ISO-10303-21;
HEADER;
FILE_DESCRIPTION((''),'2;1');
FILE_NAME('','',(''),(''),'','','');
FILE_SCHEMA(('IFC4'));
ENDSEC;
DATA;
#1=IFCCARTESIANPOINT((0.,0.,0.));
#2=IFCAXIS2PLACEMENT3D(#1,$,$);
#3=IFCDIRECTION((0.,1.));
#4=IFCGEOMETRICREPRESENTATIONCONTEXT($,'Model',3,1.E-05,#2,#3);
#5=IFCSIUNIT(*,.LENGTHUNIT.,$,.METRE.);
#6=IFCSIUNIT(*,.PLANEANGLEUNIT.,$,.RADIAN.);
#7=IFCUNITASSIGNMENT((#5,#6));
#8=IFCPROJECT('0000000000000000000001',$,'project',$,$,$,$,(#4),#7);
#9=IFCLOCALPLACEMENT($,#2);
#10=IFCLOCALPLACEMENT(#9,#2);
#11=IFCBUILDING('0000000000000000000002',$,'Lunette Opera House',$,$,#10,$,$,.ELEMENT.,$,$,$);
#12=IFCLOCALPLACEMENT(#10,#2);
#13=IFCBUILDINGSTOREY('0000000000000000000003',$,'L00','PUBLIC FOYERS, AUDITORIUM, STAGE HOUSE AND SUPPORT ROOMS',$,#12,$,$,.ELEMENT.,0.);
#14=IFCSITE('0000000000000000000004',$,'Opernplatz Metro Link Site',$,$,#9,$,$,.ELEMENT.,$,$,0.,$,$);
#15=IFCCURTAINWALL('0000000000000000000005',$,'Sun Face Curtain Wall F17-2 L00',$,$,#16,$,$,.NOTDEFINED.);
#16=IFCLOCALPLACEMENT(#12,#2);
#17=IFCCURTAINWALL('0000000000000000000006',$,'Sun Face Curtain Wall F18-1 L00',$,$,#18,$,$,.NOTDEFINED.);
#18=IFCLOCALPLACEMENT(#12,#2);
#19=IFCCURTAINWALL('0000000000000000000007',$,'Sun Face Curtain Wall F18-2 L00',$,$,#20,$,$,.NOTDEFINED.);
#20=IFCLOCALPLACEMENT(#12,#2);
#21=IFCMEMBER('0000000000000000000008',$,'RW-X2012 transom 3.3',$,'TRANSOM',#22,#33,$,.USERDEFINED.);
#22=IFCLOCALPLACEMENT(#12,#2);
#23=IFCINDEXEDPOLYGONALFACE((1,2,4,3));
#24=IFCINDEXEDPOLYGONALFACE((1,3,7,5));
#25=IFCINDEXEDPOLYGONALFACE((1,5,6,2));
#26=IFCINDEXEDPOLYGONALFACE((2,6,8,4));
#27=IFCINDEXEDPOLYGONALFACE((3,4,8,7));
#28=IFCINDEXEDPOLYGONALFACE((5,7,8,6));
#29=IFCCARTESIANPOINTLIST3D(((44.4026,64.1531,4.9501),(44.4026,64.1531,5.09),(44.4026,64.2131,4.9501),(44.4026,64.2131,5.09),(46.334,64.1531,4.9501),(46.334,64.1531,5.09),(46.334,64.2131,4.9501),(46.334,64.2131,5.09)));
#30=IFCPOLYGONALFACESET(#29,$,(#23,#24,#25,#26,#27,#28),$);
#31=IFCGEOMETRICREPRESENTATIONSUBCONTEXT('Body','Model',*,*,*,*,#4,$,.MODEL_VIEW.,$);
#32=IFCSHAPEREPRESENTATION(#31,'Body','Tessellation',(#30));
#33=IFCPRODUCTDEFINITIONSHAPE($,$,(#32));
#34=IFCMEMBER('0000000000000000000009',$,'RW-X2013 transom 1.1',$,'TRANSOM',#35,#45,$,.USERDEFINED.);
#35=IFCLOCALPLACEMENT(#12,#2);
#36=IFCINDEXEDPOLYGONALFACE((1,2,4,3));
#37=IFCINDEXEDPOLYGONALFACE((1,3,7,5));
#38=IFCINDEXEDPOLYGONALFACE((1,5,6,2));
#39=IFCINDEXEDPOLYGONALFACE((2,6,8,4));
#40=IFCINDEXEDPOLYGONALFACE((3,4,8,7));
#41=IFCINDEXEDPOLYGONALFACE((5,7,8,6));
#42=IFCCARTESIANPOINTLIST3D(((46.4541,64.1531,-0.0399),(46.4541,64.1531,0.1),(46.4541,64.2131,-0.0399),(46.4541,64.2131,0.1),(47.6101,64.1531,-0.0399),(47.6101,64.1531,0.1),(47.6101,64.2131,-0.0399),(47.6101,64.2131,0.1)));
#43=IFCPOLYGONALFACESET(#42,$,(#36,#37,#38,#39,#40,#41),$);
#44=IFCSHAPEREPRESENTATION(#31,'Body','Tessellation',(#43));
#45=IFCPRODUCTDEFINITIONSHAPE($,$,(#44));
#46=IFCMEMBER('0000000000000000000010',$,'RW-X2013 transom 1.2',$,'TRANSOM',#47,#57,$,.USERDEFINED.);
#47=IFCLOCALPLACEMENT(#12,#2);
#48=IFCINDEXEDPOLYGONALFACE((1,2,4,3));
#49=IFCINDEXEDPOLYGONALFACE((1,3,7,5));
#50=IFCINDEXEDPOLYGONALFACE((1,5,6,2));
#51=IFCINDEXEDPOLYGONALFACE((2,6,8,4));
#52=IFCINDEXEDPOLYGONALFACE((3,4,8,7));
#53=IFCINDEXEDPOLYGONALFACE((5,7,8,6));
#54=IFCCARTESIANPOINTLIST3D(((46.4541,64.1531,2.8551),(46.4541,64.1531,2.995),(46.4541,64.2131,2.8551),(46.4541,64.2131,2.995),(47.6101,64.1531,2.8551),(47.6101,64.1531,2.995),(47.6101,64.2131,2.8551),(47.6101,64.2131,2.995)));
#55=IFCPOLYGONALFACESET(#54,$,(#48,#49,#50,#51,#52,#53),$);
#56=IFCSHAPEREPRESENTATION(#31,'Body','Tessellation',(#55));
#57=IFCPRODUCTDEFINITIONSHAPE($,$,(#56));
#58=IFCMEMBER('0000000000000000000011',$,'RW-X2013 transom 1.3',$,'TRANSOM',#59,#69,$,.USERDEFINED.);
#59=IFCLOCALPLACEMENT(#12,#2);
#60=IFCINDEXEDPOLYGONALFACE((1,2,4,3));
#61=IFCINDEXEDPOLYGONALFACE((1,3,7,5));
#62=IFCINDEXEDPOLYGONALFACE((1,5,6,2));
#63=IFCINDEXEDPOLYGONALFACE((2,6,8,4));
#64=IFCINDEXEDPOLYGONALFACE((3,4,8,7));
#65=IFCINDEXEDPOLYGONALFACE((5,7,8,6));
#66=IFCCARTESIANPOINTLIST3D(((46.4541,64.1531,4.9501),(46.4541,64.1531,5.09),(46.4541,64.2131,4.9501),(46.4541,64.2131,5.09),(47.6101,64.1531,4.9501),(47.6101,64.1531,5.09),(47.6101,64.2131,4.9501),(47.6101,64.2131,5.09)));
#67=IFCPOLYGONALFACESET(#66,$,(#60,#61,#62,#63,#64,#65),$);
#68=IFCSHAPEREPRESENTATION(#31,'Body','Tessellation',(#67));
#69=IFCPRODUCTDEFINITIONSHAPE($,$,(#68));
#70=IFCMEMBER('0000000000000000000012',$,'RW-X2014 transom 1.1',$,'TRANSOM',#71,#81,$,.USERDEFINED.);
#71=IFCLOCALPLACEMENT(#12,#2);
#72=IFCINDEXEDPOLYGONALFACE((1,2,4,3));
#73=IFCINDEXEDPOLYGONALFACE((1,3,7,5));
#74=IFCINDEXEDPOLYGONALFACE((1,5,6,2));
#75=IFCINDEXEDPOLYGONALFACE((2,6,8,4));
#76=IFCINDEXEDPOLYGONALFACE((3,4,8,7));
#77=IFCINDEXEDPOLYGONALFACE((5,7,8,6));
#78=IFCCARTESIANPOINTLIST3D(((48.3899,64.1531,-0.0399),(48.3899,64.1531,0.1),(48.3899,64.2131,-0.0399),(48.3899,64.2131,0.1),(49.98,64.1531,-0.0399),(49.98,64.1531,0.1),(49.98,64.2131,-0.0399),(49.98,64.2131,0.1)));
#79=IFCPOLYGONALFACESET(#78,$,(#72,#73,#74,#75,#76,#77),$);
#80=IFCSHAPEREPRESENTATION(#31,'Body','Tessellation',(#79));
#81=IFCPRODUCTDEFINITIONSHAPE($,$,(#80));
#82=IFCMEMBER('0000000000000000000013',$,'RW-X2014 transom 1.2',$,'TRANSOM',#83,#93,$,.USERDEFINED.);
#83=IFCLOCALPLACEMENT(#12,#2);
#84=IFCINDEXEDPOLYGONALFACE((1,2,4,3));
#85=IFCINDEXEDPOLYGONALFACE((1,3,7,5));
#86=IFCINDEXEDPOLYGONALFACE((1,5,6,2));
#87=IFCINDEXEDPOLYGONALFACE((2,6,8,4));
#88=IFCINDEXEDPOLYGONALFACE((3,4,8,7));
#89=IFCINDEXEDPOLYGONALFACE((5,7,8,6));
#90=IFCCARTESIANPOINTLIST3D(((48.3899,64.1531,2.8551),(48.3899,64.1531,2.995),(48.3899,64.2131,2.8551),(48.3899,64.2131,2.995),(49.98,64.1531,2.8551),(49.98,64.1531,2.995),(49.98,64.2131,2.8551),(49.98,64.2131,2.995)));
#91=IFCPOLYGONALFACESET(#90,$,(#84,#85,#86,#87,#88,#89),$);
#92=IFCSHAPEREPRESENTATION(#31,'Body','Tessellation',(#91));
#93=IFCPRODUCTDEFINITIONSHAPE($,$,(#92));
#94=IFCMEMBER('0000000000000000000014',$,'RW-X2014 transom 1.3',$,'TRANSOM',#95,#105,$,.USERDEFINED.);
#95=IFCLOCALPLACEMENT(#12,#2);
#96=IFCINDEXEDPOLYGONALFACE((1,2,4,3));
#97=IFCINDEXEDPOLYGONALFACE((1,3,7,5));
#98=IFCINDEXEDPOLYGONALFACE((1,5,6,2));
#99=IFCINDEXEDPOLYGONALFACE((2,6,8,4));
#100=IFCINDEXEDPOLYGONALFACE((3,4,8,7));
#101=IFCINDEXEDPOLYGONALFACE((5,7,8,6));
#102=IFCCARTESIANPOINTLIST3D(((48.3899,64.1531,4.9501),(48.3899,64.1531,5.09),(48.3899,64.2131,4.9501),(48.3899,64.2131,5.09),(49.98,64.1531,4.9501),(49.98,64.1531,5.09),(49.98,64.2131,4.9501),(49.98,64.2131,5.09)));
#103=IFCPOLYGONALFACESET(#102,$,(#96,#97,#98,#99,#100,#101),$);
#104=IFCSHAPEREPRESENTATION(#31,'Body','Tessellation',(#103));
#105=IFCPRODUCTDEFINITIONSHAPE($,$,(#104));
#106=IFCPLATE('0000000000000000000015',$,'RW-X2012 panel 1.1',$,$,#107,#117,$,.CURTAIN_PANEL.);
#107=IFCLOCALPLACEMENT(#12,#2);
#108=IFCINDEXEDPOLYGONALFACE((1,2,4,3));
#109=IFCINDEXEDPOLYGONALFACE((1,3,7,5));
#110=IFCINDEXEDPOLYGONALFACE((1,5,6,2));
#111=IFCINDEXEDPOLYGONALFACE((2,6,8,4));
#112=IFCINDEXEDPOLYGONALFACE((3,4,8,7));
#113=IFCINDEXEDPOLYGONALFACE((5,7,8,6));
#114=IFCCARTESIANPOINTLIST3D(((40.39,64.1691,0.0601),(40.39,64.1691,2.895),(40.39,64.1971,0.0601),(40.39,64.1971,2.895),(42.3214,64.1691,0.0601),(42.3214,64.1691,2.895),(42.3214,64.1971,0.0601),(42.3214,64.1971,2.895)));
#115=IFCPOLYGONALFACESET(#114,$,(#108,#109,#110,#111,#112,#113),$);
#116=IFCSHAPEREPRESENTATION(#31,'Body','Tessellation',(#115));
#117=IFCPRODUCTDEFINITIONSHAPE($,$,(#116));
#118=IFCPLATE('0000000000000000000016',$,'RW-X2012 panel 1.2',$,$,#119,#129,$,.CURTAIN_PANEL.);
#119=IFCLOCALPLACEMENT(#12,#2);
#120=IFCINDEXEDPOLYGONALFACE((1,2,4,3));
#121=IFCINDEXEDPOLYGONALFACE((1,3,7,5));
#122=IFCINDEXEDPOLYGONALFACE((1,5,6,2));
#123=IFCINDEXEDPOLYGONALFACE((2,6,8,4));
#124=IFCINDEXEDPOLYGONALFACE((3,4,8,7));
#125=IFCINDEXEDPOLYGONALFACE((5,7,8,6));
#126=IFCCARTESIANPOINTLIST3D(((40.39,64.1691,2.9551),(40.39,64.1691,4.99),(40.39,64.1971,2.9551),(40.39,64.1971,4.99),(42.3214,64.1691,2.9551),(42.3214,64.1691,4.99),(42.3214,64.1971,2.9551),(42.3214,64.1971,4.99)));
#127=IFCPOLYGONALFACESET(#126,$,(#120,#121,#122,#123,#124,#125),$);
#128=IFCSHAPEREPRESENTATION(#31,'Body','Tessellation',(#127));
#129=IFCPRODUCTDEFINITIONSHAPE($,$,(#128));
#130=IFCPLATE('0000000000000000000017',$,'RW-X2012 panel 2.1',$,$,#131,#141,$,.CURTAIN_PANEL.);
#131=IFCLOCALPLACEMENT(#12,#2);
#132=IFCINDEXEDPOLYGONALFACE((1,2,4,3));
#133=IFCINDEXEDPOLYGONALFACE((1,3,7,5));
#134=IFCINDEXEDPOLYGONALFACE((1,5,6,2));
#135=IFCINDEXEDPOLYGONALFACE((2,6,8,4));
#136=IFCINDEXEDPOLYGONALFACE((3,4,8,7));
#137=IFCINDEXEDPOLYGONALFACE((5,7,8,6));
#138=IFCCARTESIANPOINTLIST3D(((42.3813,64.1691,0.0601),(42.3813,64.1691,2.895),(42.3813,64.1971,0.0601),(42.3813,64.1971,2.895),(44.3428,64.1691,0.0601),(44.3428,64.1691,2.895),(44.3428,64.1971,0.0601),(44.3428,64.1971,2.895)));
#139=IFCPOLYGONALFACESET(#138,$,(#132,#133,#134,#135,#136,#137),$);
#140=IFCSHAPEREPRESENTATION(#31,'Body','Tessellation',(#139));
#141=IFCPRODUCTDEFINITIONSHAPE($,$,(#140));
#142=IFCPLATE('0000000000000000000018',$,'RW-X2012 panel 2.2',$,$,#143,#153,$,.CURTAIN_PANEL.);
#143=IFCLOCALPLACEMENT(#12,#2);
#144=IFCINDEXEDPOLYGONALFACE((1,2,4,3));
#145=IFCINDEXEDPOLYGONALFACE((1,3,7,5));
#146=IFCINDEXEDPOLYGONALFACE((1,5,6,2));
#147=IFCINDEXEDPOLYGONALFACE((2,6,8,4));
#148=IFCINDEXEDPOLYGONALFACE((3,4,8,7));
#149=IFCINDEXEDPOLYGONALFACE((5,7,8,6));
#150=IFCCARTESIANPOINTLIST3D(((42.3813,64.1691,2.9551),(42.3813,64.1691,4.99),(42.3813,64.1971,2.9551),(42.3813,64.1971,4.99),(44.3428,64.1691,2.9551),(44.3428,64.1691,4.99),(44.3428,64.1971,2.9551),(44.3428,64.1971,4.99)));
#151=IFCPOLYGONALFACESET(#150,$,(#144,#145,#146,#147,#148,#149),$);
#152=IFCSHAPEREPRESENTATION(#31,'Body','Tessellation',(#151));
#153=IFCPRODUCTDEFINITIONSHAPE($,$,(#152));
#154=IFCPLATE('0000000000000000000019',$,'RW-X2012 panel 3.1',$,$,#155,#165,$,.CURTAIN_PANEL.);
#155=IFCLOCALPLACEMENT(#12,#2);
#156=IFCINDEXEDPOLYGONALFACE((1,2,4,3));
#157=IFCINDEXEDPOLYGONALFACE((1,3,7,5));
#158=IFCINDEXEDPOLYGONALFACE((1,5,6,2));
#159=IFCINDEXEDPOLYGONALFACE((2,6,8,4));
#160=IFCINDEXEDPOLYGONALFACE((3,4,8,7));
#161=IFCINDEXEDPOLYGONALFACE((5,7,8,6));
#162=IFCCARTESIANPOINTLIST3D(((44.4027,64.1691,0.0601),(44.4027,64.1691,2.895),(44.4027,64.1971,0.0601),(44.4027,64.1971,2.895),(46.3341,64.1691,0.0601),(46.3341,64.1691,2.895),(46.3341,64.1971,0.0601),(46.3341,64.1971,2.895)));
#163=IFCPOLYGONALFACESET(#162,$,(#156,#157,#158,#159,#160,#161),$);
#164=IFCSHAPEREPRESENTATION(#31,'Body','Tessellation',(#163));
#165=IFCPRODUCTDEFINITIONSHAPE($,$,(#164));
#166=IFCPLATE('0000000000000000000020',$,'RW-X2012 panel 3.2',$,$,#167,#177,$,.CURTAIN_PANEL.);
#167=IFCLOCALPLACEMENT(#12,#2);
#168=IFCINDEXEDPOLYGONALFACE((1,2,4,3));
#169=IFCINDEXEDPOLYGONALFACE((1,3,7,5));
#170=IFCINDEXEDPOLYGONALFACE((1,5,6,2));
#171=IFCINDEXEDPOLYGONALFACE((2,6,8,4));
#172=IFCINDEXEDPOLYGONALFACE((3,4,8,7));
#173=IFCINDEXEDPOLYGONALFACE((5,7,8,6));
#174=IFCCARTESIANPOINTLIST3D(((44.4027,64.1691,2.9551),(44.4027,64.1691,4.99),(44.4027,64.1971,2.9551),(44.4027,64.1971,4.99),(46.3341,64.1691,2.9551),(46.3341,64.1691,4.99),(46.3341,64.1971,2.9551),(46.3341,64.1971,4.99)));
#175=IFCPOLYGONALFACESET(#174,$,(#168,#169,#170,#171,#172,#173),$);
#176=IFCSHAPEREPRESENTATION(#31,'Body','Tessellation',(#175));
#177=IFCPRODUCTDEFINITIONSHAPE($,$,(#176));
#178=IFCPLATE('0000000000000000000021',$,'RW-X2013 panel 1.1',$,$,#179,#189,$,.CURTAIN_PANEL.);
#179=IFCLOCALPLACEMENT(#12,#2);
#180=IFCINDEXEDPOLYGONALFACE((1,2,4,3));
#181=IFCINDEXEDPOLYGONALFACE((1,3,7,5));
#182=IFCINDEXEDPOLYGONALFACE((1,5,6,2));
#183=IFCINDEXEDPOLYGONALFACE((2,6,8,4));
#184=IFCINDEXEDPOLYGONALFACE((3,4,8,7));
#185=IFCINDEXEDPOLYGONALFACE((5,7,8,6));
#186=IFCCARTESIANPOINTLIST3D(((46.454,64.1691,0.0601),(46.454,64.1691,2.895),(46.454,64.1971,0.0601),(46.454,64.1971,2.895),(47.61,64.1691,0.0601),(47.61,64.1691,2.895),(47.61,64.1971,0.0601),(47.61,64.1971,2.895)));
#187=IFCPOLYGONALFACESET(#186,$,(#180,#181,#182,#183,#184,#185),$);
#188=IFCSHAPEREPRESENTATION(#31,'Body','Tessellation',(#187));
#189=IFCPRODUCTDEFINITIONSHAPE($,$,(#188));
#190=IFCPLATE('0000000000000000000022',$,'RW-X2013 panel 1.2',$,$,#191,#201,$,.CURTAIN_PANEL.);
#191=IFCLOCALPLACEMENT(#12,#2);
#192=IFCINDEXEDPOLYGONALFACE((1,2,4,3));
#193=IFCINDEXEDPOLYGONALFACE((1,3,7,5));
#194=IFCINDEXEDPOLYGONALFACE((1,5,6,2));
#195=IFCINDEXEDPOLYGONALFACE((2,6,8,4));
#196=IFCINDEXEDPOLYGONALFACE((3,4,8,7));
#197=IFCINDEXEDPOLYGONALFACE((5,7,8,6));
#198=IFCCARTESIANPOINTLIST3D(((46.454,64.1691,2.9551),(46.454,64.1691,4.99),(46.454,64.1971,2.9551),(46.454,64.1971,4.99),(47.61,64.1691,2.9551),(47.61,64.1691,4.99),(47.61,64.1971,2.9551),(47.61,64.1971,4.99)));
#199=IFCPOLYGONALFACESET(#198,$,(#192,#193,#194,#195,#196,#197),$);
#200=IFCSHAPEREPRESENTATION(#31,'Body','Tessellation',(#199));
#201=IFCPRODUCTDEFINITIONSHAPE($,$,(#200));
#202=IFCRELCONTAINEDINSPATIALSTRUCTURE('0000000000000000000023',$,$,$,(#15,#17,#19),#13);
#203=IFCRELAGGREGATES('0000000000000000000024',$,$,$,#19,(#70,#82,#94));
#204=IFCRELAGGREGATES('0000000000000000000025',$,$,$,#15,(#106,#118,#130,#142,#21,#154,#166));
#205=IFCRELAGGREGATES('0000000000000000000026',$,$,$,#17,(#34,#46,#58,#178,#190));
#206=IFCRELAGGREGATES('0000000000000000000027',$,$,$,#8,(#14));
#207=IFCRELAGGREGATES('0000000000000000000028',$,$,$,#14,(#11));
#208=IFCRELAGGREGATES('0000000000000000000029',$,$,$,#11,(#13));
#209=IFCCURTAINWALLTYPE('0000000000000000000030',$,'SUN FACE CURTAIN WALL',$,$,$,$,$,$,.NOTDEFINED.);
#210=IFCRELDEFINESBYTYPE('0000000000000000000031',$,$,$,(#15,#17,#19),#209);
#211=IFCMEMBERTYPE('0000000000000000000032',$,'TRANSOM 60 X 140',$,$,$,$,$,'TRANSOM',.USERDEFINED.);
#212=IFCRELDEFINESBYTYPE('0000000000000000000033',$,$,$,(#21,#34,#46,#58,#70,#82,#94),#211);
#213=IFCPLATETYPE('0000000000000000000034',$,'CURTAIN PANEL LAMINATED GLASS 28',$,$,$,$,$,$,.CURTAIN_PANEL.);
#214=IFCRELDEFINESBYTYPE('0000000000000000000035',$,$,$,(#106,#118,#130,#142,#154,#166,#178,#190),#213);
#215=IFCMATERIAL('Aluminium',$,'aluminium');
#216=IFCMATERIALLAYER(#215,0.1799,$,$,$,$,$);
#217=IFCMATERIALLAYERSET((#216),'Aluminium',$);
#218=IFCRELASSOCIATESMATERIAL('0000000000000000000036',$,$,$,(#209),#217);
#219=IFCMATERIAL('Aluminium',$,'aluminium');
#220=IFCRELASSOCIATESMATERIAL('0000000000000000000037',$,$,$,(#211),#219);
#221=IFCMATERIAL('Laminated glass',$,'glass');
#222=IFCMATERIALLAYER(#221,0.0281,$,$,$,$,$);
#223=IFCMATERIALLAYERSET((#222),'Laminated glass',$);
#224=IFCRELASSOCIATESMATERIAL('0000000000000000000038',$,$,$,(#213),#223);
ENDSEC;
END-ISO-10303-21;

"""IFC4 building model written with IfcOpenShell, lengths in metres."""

from ifc_helpers import new_model, si_unit, direction, frame, origin, origin_2d, place, context, subcontext, project, spatial, rectangle, extrude, material, layer, layer_set, material_profile, profile_set, type_object, element, aggregate, save


model = new_model("IFC4")

# Units and contexts
model_context = context("Model", 3, precision=1e-05, world=origin(), true_north=direction((0.0, 1.0)))
body_context = subcontext(model_context, "Body", "Model", "MODEL_VIEW")
ifc_project = project(units=[si_unit("LENGTHUNIT", "METRE"), si_unit("PLANEANGLEUNIT", "RADIAN")], contexts=[model_context])

# Site, building, storey
site_placement = place(None, origin())
site = spatial("IfcSite", under=ifc_project, at=site_placement, Name="Opernplatz Metro Link Site", CompositionType="ELEMENT", RefElevation=0.0)
building_placement = place(site_placement, origin())
building = spatial("IfcBuilding", under=site, at=building_placement, Name="Lunette Opera House", CompositionType="ELEMENT")
storey_placement = place(building_placement, origin())
storey = spatial("IfcBuildingStorey", under=building, at=storey_placement, Name="L00", Description="PUBLIC FOYERS, AUDITORIUM, STAGE HOUSE AND SUPPORT ROOMS", CompositionType="ELEMENT", Elevation=0.0)

# Curtain walls
ifc_material_1 = material(Name="Aluminium", Category="aluminium")
ifc_layer_1 = layer(ifc_material_1, 0.1799)
ifc_layer_set_1 = layer_set([ifc_layer_1], Name="Aluminium")
curtain_wall_type = type_object("IfcCurtainWallType", Name="SUN FACE CURTAIN WALL", PredefinedType="NOTDEFINED", material=ifc_layer_set_1)
curtain_wall_1_placement = place(storey_placement, origin())
curtain_wall_1 = element("IfcCurtainWall", 1, at=curtain_wall_1_placement, inside=storey, type_object=curtain_wall_type, Name="Sun Face Curtain Wall F17-2 L00", PredefinedType="NOTDEFINED")
curtain_wall_2_placement = place(storey_placement, origin())
curtain_wall_2 = element("IfcCurtainWall", 2, at=curtain_wall_2_placement, inside=storey, type_object=curtain_wall_type, Name="Sun Face Curtain Wall F18-1 L00", PredefinedType="NOTDEFINED")

# Curtain wall
curtain_wall_3_placement = place(storey_placement, origin())
curtain_wall_3 = element("IfcCurtainWall", 3, at=curtain_wall_3_placement, inside=storey, type_object=curtain_wall_type, Name="Sun Face Curtain Wall F18-2 L00", PredefinedType="NOTDEFINED")

# Members
ifc_material_2 = material(Name="Aluminium", Category="aluminium")
ifc_material_profile_1 = material_profile(ifc_material_2, rectangle(XDim=0.0601, YDim=0.1399, at=origin_2d()), Name="TRANSOM 60 X 140")
ifc_profile_set_1 = profile_set([ifc_material_profile_1], Name="Aluminium")
member_type_1 = type_object("IfcMemberType", Name="TRANSOM 60 X 140", ElementType="TRANSOM", PredefinedType="USERDEFINED", material=ifc_profile_set_1)
member_1_placement = place(storey_placement, frame((44.4026, 64.1831, 5.02), z_axis=(1.0, 0.0, 0.0), x_axis=(0.0, 1.0, 0.0)))
member_1 = element("IfcMember", 4, at=member_1_placement, type_object=member_type_1, Name="RW-X2012 transom 3.3", ObjectType="TRANSOM", PredefinedType="USERDEFINED", context=body_context, shape_type="SweptSolid", body=[
    extrude(rectangle(XDim=0.0601, YDim=0.1399, at=origin_2d()), origin(), (0.0, 0.0, 1.0), 1.9314),
])
member_2_placement = place(storey_placement, frame((46.4541, 64.1831, 0.03), z_axis=(1.0, 0.0, 0.0), x_axis=(0.0, 1.0, 0.0)))
member_2 = element("IfcMember", 5, at=member_2_placement, type_object=member_type_1, Name="RW-X2013 transom 1.1", ObjectType="TRANSOM", PredefinedType="USERDEFINED", context=body_context, shape_type="SweptSolid", body=[
    extrude(rectangle(XDim=0.0601, YDim=0.1399, at=origin_2d()), origin(), (0.0, 0.0, 1.0), 1.156),
])
member_3_placement = place(storey_placement, frame((46.4541, 64.1831, 2.925), z_axis=(1.0, 0.0, 0.0), x_axis=(0.0, 1.0, 0.0)))
member_3 = element("IfcMember", 6, at=member_3_placement, type_object=member_type_1, Name="RW-X2013 transom 1.2", ObjectType="TRANSOM", PredefinedType="USERDEFINED", context=body_context, shape_type="SweptSolid", body=[
    extrude(rectangle(XDim=0.0601, YDim=0.1399, at=origin_2d()), origin(), (0.0, 0.0, 1.0), 1.156),
])
member_4_placement = place(storey_placement, frame((46.4541, 64.1831, 5.02), z_axis=(1.0, 0.0, 0.0), x_axis=(0.0, 1.0, 0.0)))
member_4 = element("IfcMember", 7, at=member_4_placement, type_object=member_type_1, Name="RW-X2013 transom 1.3", ObjectType="TRANSOM", PredefinedType="USERDEFINED", context=body_context, shape_type="SweptSolid", body=[
    extrude(rectangle(XDim=0.0601, YDim=0.1399, at=origin_2d()), origin(), (0.0, 0.0, 1.0), 1.156),
])
member_5_placement = place(storey_placement, frame((48.3899, 64.1831, 0.03), z_axis=(1.0, 0.0, 0.0), x_axis=(0.0, 1.0, 0.0)))
member_5 = element("IfcMember", 8, at=member_5_placement, type_object=member_type_1, Name="RW-X2014 transom 1.1", ObjectType="TRANSOM", PredefinedType="USERDEFINED", context=body_context, shape_type="SweptSolid", body=[
    extrude(rectangle(XDim=0.0601, YDim=0.1399, at=origin_2d()), origin(), (0.0, 0.0, 1.0), 1.5901),
])
member_6_placement = place(storey_placement, frame((48.3899, 64.1831, 2.925), z_axis=(1.0, 0.0, 0.0), x_axis=(0.0, 1.0, 0.0)))
member_6 = element("IfcMember", 9, at=member_6_placement, type_object=member_type_1, Name="RW-X2014 transom 1.2", ObjectType="TRANSOM", PredefinedType="USERDEFINED", context=body_context, shape_type="SweptSolid", body=[
    extrude(rectangle(XDim=0.0601, YDim=0.1399, at=origin_2d()), origin(), (0.0, 0.0, 1.0), 1.5901),
])
member_7_placement = place(storey_placement, frame((48.3899, 64.1831, 5.02), z_axis=(1.0, 0.0, 0.0), x_axis=(0.0, 1.0, 0.0)))
member_7 = element("IfcMember", 10, at=member_7_placement, type_object=member_type_1, Name="RW-X2014 transom 1.3", ObjectType="TRANSOM", PredefinedType="USERDEFINED", context=body_context, shape_type="SweptSolid", body=[
    extrude(rectangle(XDim=0.0601, YDim=0.1399, at=origin_2d()), origin(), (0.0, 0.0, 1.0), 1.5901),
])
aggregate(curtain_wall_3, [member_5, member_6, member_7])

# Plates
ifc_material_3 = material(Name="Laminated glass", Category="glass")
ifc_layer_2 = layer(ifc_material_3, 0.0281)
ifc_layer_set_2 = layer_set([ifc_layer_2], Name="Laminated glass")
plate_type = type_object("IfcPlateType", Name="CURTAIN PANEL LAMINATED GLASS 28", PredefinedType="CURTAIN_PANEL", material=ifc_layer_set_2)
plate_1_placement = place(storey_placement, frame((41.3557, 64.1831, 0.0601), z_axis=(0.0, 0.0, 1.0), x_axis=(1.0, 0.0, 0.0)))
plate_1 = element("IfcPlate", 11, at=plate_1_placement, type_object=plate_type, Name="RW-X2012 panel 1.1", PredefinedType="CURTAIN_PANEL", context=body_context, shape_type="SweptSolid", body=[
    extrude(rectangle(XDim=1.9314, YDim=0.0281, at=origin_2d()), origin(), (0.0, 0.0, 1.0), 2.835),
])
plate_2_placement = place(storey_placement, frame((41.3557, 64.1831, 2.9551), z_axis=(0.0, 0.0, 1.0), x_axis=(1.0, 0.0, 0.0)))
plate_2 = element("IfcPlate", 12, at=plate_2_placement, type_object=plate_type, Name="RW-X2012 panel 1.2", PredefinedType="CURTAIN_PANEL", context=body_context, shape_type="SweptSolid", body=[
    extrude(rectangle(XDim=1.9314, YDim=0.0281, at=origin_2d()), origin(), (0.0, 0.0, 1.0), 2.0349),
])
plate_3_placement = place(storey_placement, frame((43.3621, 64.1831, 0.0601), z_axis=(0.0, 0.0, 1.0), x_axis=(1.0, 0.0, 0.0)))
plate_3 = element("IfcPlate", 13, at=plate_3_placement, type_object=plate_type, Name="RW-X2012 panel 2.1", PredefinedType="CURTAIN_PANEL", context=body_context, shape_type="SweptSolid", body=[
    extrude(rectangle(XDim=1.9614, YDim=0.0281, at=origin_2d()), origin(), (0.0, 0.0, 1.0), 2.835),
])
plate_4_placement = place(storey_placement, frame((43.3621, 64.1831, 2.9551), z_axis=(0.0, 0.0, 1.0), x_axis=(1.0, 0.0, 0.0)))
plate_4 = element("IfcPlate", 14, at=plate_4_placement, type_object=plate_type, Name="RW-X2012 panel 2.2", PredefinedType="CURTAIN_PANEL", context=body_context, shape_type="SweptSolid", body=[
    extrude(rectangle(XDim=1.9614, YDim=0.0281, at=origin_2d()), origin(), (0.0, 0.0, 1.0), 2.0349),
])
plate_5_placement = place(storey_placement, frame((45.3684, 64.1831, 0.0601), z_axis=(0.0, 0.0, 1.0), x_axis=(1.0, 0.0, 0.0)))
plate_5 = element("IfcPlate", 15, at=plate_5_placement, type_object=plate_type, Name="RW-X2012 panel 3.1", PredefinedType="CURTAIN_PANEL", context=body_context, shape_type="SweptSolid", body=[
    extrude(rectangle(XDim=1.9314, YDim=0.0281, at=origin_2d()), origin(), (0.0, 0.0, 1.0), 2.835),
])
plate_6_placement = place(storey_placement, frame((45.3684, 64.1831, 2.9551), z_axis=(0.0, 0.0, 1.0), x_axis=(1.0, 0.0, 0.0)))
plate_6 = element("IfcPlate", 16, at=plate_6_placement, type_object=plate_type, Name="RW-X2012 panel 3.2", PredefinedType="CURTAIN_PANEL", context=body_context, shape_type="SweptSolid", body=[
    extrude(rectangle(XDim=1.9314, YDim=0.0281, at=origin_2d()), origin(), (0.0, 0.0, 1.0), 2.0349),
])
aggregate(curtain_wall_1, [plate_1, plate_2, plate_3, plate_4, member_1, plate_5, plate_6])
plate_7_placement = place(storey_placement, frame((47.032, 64.1831, 0.0601), z_axis=(0.0, 0.0, 1.0), x_axis=(1.0, 0.0, 0.0)))
plate_7 = element("IfcPlate", 17, at=plate_7_placement, type_object=plate_type, Name="RW-X2013 panel 1.1", PredefinedType="CURTAIN_PANEL", context=body_context, shape_type="SweptSolid", body=[
    extrude(rectangle(XDim=1.156, YDim=0.0281, at=origin_2d()), origin(), (0.0, 0.0, 1.0), 2.835),
])
plate_8_placement = place(storey_placement, frame((47.032, 64.1831, 2.9551), z_axis=(0.0, 0.0, 1.0), x_axis=(1.0, 0.0, 0.0)))
plate_8 = element("IfcPlate", 18, at=plate_8_placement, type_object=plate_type, Name="RW-X2013 panel 1.2", PredefinedType="CURTAIN_PANEL", context=body_context, shape_type="SweptSolid", body=[
    extrude(rectangle(XDim=1.156, YDim=0.0281, at=origin_2d()), origin(), (0.0, 0.0, 1.0), 2.0349),
])
aggregate(curtain_wall_2, [member_2, member_3, member_4, plate_7, plate_8])

save(model, "model.ifc")
